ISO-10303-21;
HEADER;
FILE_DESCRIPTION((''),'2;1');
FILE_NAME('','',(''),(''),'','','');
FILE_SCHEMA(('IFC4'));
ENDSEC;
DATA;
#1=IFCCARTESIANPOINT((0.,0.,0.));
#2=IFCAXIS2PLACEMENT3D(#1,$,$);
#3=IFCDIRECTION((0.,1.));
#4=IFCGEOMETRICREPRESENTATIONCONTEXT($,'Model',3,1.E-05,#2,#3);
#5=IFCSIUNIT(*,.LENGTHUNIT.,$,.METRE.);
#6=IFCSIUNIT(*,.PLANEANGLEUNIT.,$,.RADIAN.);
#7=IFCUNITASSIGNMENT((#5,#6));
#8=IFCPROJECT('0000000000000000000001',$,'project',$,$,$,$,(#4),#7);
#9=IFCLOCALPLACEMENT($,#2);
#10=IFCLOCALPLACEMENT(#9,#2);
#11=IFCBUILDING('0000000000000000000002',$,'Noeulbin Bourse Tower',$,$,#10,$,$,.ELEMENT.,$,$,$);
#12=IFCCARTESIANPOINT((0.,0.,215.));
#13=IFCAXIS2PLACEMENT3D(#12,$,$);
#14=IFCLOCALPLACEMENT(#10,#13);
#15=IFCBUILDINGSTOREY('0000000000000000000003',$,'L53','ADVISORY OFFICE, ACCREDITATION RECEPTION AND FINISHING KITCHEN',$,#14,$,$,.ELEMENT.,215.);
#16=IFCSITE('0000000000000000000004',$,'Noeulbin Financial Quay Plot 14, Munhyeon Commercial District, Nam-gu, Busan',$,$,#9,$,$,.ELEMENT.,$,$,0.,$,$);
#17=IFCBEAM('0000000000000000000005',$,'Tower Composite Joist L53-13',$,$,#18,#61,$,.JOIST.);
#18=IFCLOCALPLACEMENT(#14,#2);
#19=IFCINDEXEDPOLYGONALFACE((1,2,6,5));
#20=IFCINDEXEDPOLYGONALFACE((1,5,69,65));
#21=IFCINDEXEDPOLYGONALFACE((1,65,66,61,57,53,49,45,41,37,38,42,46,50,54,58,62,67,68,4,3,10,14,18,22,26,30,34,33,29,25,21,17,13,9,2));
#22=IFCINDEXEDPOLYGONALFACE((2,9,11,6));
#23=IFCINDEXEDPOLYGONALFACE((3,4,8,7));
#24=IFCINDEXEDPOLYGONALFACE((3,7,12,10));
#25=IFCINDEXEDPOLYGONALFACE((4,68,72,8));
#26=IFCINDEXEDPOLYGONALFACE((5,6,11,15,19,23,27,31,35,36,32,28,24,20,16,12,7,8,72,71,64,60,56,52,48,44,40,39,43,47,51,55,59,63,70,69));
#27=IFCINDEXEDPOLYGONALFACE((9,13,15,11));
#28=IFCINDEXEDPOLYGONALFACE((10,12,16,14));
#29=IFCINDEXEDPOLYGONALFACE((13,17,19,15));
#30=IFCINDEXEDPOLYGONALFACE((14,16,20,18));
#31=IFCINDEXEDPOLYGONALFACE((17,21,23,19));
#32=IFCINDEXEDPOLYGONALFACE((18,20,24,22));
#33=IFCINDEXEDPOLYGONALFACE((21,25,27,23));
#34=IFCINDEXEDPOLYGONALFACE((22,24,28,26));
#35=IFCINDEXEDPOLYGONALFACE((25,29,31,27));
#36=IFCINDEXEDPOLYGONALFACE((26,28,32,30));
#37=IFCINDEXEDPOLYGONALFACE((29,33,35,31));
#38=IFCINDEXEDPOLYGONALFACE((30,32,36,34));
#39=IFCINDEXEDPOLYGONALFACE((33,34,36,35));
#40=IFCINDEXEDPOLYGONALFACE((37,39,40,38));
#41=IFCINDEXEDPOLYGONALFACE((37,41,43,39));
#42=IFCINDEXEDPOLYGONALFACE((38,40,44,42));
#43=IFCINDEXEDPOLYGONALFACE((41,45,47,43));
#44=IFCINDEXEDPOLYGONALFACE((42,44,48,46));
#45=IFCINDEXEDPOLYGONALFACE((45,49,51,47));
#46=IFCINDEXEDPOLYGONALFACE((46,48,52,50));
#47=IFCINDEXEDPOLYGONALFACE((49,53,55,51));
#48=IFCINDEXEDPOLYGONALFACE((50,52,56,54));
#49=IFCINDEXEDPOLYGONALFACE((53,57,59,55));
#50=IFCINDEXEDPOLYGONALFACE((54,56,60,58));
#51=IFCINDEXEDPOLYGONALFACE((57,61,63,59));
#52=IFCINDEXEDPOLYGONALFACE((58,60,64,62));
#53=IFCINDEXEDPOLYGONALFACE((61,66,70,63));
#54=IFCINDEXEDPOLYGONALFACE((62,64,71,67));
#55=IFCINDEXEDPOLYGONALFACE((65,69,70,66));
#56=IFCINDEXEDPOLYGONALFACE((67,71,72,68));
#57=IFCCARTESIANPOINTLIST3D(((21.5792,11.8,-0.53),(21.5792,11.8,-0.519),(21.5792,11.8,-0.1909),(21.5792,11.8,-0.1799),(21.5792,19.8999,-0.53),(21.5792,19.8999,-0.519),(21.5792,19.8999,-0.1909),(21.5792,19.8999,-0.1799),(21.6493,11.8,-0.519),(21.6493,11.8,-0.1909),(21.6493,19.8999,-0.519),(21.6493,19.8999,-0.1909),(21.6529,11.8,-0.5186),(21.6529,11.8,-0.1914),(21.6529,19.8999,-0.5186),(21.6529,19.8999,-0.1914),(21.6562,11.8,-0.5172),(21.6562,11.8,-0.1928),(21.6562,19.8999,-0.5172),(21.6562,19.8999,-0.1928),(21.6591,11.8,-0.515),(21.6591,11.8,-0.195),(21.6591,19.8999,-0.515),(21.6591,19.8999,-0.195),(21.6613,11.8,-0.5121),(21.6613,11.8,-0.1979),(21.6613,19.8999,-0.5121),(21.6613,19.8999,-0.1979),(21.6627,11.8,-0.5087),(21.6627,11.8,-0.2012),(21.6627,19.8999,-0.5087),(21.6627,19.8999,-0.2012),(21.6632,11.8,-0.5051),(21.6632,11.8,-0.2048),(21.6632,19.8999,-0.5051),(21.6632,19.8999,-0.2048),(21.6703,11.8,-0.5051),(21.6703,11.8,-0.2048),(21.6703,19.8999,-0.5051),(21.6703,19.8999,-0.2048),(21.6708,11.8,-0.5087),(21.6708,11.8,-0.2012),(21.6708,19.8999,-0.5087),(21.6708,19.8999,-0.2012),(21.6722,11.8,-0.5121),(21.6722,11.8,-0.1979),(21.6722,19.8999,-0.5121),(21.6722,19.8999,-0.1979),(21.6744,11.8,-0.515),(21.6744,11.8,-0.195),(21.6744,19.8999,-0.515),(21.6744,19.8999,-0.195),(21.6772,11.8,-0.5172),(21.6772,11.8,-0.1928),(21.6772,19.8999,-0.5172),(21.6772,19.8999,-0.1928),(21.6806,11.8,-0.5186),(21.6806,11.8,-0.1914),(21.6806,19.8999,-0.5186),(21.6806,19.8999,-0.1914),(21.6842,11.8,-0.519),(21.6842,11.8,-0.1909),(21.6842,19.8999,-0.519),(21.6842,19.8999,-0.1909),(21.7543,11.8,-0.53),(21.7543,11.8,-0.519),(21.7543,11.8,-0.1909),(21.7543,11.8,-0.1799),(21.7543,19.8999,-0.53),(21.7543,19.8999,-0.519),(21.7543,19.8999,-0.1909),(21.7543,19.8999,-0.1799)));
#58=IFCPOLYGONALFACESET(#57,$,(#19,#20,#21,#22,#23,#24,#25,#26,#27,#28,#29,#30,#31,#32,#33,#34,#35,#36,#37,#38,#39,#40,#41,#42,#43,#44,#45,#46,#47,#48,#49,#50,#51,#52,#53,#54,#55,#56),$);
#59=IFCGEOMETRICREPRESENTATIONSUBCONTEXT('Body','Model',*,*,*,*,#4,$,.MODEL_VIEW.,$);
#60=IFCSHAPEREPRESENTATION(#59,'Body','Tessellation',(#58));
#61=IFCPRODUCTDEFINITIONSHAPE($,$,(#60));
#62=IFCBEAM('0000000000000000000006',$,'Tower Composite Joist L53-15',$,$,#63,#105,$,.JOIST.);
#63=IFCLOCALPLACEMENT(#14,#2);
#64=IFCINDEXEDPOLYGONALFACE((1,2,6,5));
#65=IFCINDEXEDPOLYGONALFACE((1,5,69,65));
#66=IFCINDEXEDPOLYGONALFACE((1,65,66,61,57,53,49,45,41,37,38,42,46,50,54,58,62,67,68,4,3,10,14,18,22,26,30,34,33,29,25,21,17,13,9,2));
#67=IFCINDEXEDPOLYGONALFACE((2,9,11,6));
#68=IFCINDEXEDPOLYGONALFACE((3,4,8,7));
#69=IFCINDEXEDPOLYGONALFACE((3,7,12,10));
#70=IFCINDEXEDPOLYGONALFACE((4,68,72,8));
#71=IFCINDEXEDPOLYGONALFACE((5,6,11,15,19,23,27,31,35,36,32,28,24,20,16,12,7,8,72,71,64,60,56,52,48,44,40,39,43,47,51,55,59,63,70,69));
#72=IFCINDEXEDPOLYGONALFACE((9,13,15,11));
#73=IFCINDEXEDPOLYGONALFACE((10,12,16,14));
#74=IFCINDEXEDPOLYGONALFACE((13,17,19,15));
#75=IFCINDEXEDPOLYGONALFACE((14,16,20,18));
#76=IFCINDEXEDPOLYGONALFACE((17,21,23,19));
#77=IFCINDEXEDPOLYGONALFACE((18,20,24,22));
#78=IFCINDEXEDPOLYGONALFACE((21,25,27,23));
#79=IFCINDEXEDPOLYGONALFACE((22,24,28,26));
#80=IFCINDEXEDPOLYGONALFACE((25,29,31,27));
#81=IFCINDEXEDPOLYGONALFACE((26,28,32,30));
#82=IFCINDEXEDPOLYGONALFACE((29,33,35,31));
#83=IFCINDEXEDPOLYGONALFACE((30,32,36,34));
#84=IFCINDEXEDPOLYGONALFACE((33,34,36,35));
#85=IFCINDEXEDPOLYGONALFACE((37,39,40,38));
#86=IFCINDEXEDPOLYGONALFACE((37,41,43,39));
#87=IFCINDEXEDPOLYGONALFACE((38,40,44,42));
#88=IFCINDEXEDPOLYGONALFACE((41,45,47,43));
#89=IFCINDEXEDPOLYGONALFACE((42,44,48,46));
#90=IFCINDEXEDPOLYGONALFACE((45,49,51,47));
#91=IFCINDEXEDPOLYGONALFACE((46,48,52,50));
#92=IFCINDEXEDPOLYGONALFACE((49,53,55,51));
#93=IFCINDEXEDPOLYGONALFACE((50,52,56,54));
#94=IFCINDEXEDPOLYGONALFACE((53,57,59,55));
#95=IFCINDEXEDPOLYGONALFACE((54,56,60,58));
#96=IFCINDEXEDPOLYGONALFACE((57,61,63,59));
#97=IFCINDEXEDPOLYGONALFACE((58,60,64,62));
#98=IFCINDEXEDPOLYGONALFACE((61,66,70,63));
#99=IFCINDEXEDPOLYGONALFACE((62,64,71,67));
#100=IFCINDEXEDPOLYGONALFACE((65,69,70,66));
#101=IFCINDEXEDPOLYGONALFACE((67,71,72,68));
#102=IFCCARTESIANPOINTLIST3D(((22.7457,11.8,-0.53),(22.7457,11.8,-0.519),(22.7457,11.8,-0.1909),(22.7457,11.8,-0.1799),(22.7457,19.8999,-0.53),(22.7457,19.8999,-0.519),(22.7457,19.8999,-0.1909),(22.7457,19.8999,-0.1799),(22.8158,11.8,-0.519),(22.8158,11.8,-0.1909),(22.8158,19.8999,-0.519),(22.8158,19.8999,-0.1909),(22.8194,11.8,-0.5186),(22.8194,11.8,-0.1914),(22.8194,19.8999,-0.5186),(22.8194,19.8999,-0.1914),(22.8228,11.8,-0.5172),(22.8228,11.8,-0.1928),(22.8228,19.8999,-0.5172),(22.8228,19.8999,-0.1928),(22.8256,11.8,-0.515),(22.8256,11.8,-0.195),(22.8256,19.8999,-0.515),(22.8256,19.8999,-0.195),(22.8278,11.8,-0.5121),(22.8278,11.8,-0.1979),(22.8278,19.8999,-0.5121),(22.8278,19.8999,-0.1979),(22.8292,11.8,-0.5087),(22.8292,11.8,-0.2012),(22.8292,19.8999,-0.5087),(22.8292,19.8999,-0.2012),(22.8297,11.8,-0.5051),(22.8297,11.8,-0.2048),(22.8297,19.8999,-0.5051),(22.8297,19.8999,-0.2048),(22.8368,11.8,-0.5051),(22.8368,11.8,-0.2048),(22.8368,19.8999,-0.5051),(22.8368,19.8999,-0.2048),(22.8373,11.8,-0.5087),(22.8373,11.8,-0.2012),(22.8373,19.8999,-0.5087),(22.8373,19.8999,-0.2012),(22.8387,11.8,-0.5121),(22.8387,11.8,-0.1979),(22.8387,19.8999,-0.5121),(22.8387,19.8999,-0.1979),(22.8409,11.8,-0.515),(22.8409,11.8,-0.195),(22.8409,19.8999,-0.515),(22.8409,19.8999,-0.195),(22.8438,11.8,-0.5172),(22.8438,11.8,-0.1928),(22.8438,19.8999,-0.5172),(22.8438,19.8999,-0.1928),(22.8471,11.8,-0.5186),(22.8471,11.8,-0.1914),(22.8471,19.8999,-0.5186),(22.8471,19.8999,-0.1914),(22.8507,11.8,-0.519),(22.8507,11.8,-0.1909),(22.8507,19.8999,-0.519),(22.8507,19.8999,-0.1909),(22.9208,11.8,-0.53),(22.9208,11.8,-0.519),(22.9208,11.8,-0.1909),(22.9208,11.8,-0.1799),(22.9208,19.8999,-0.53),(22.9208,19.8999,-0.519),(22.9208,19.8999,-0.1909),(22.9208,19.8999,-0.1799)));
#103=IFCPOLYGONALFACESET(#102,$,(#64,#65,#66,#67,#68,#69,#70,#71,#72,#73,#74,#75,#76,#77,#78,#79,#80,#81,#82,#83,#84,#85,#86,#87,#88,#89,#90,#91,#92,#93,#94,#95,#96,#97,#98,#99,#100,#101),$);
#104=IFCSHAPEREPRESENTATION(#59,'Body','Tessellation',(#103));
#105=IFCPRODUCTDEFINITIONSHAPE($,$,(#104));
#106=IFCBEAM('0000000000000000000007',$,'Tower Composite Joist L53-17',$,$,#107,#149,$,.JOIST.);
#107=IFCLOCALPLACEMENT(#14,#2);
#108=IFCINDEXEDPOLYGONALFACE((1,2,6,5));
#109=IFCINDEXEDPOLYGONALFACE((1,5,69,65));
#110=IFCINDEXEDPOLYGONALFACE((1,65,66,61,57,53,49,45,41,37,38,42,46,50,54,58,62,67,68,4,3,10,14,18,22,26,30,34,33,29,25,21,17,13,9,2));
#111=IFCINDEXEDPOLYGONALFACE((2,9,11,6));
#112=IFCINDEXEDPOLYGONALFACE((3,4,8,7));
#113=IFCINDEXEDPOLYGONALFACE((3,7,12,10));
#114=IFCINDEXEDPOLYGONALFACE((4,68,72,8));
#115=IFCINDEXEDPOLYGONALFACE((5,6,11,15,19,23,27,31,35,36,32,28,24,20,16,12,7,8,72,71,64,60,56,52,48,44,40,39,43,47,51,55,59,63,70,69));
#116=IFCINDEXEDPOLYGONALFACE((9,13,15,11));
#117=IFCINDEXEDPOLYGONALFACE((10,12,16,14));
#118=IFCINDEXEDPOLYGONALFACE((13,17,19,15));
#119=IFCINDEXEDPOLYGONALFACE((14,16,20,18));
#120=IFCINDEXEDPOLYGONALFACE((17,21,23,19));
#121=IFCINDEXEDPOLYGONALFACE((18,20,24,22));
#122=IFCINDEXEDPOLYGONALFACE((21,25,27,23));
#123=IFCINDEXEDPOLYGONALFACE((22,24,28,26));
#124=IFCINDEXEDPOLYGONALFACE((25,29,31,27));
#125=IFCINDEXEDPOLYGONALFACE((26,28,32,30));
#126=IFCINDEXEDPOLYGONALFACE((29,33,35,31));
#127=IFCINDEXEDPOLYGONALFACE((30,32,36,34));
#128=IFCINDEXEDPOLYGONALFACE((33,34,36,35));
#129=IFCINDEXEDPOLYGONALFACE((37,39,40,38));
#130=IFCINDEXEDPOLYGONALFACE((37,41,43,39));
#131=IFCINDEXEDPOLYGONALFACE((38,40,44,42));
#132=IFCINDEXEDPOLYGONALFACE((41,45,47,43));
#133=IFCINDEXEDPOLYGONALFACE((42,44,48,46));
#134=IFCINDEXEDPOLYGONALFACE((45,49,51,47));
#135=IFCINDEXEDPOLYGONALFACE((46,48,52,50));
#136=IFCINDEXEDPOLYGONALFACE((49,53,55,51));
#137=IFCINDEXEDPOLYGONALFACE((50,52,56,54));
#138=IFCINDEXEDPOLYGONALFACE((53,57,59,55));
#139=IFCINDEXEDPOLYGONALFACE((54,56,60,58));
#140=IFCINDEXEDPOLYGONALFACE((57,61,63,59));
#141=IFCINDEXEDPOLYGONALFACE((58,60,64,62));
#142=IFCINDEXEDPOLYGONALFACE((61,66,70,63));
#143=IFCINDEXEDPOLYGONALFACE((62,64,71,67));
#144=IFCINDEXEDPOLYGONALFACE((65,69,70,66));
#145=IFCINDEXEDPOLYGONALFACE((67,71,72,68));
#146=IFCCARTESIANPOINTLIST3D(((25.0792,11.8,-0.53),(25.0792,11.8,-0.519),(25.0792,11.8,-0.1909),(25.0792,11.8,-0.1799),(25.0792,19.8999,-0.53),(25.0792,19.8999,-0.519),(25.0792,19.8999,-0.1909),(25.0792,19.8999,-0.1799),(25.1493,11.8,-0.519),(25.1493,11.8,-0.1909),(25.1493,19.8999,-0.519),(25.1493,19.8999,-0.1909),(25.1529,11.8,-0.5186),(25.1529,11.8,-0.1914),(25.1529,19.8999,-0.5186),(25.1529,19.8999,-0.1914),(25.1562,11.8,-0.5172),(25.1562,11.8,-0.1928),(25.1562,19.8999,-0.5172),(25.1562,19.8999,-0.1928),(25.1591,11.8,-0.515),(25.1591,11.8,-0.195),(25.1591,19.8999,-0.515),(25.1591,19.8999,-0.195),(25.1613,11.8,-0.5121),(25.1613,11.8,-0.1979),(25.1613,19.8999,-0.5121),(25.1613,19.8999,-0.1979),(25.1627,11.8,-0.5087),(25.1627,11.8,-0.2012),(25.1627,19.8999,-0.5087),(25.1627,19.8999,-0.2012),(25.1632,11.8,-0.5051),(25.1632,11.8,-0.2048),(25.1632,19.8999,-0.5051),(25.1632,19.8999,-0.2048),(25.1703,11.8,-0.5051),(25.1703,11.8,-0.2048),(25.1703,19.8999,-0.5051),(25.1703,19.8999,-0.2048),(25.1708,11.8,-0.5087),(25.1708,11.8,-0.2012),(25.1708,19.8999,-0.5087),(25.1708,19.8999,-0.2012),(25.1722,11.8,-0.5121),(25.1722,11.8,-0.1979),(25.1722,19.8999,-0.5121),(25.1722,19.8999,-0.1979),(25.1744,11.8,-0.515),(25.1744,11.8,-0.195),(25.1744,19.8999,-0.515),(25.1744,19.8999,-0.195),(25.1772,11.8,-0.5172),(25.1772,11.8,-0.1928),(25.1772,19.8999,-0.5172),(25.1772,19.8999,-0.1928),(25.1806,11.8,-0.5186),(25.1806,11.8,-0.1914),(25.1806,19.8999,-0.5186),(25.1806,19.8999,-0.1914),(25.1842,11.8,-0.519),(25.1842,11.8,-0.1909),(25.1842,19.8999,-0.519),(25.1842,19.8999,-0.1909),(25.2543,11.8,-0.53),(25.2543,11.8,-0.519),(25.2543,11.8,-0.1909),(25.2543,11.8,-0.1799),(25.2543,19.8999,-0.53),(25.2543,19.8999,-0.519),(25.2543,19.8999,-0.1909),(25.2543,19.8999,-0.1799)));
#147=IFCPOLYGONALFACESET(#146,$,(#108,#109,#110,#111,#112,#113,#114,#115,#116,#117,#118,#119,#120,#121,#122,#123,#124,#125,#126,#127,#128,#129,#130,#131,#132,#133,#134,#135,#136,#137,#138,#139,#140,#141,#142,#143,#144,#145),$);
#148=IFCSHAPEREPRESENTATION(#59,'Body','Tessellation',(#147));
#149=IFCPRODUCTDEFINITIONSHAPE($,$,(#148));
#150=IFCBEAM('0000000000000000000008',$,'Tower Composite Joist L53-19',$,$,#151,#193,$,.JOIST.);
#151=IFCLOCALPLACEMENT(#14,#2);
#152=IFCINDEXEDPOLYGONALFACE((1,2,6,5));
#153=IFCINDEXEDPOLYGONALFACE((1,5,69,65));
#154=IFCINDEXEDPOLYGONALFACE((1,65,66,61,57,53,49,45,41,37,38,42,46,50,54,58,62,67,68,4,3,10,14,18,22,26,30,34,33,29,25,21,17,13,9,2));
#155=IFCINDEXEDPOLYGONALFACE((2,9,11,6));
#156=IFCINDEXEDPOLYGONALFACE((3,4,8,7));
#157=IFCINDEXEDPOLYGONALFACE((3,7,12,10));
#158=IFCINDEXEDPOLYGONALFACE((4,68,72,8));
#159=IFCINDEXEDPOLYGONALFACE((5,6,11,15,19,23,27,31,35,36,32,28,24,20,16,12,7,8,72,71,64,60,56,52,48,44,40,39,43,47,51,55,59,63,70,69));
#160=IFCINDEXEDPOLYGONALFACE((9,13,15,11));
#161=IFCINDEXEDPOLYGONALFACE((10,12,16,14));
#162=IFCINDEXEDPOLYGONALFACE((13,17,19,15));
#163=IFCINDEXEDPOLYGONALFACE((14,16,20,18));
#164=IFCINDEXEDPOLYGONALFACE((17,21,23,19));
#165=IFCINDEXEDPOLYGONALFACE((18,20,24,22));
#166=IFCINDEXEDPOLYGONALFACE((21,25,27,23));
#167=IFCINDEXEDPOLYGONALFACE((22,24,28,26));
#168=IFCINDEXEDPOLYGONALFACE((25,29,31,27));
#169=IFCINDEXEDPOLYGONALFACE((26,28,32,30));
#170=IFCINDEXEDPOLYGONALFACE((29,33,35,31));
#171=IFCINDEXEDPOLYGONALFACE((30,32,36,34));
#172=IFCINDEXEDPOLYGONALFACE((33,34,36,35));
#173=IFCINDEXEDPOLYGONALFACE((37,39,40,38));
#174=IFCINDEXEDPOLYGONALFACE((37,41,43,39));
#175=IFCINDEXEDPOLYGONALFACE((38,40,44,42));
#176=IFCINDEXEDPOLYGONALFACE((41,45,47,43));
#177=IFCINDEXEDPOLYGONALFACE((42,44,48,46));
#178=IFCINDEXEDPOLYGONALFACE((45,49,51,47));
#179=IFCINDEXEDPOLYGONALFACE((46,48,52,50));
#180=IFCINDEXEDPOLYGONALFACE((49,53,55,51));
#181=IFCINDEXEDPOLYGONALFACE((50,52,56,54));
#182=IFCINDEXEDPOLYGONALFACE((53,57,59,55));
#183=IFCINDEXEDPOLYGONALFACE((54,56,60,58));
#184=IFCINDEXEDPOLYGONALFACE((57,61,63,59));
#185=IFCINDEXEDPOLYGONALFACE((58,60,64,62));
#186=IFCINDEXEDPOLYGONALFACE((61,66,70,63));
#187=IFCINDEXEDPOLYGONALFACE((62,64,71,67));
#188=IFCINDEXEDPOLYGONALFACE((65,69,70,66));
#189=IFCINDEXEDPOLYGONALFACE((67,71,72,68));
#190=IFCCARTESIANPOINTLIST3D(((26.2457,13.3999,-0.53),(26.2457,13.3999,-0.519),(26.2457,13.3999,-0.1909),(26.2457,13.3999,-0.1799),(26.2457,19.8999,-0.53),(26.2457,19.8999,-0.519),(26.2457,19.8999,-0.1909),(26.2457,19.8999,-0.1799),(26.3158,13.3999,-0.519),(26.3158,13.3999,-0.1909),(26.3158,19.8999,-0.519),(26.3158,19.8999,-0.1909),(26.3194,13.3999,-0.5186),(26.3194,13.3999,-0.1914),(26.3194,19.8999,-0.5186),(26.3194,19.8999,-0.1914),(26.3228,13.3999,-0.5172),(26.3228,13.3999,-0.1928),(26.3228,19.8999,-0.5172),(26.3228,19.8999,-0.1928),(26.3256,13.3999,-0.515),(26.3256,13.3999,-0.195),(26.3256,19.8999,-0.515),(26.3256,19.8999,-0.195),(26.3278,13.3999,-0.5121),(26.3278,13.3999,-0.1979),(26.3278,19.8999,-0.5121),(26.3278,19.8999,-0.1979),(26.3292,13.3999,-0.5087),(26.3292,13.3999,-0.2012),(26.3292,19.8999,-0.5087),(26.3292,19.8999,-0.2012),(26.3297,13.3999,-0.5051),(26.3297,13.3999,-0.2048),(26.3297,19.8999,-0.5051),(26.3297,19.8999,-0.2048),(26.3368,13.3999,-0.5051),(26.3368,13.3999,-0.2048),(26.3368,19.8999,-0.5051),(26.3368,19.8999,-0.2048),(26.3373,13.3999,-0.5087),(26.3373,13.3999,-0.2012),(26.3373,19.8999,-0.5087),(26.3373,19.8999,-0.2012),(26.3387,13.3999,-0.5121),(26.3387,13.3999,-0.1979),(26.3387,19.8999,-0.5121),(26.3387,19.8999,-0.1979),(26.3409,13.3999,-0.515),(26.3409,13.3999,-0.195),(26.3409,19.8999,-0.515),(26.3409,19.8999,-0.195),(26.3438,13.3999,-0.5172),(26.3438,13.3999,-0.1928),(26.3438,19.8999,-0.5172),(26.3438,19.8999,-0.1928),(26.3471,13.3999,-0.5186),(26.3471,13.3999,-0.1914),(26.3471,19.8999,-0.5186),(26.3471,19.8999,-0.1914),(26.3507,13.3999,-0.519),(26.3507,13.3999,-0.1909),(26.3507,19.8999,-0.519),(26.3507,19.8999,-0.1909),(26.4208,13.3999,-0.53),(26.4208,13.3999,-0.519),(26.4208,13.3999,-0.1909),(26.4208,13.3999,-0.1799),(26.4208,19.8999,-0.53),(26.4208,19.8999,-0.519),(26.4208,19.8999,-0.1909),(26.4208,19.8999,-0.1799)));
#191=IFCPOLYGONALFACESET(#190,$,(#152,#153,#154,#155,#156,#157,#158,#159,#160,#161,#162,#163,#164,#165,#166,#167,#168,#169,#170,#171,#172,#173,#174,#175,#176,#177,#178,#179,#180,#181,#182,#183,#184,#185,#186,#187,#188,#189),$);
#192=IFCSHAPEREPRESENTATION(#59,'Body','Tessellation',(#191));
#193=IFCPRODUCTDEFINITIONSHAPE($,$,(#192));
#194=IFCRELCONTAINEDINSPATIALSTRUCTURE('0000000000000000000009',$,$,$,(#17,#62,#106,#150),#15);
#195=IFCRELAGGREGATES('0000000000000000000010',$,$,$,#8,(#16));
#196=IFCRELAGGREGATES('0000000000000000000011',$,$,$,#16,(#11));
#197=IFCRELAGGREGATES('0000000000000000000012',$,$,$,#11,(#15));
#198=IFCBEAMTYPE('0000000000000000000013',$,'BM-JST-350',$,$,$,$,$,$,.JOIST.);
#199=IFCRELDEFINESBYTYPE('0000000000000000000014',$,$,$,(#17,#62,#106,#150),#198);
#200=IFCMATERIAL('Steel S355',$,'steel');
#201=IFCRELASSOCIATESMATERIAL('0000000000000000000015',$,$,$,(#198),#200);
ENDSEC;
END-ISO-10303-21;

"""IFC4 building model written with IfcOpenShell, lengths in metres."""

from ifc_helpers import new_model, si_unit, direction, frame, origin, origin_2d, place, context, subcontext, project, spatial, i_section, extrude, material, material_profile, profile_set, type_object, element, save


model = new_model("IFC4")

# Units and contexts
model_context = context("Model", 3, precision=1e-05, world=origin(), true_north=direction((0.0, 1.0)))
body_context = subcontext(model_context, "Body", "Model", "MODEL_VIEW")
ifc_project = project(units=[si_unit("LENGTHUNIT", "METRE"), si_unit("PLANEANGLEUNIT", "RADIAN")], contexts=[model_context])

# Site, building, storey
site_placement = place(None, origin())
site = spatial("IfcSite", under=ifc_project, at=site_placement, Name="Noeulbin Financial Quay Plot 14, Munhyeon Commercial District, Nam-gu, Busan", CompositionType="ELEMENT", RefElevation=0.0)
building_placement = place(site_placement, origin())
building = spatial("IfcBuilding", under=site, at=building_placement, Name="Noeulbin Bourse Tower", CompositionType="ELEMENT")
storey_placement = place(building_placement, frame((0.0, 0.0, 215.0)))
storey = spatial("IfcBuildingStorey", under=building, at=storey_placement, Name="L53", Description="ADVISORY OFFICE, ACCREDITATION RECEPTION AND FINISHING KITCHEN", CompositionType="ELEMENT", Elevation=215.0)

# Shared definitions
ifc_material_1 = material(Name="Steel S355", Category="steel")

# Beams
ifc_material_profile_1 = material_profile(ifc_material_1, i_section(OverallWidth=0.175, OverallDepth=0.3501, WebThickness=0.0071, FlangeThickness=0.011, FilletRadius=0.0139, at=origin_2d()), Name="H-350x175x7x11", Category="LoadBearing")
ifc_profile_set_1 = profile_set([ifc_material_profile_1], Name="Steel S355")
beam_type_1 = type_object("IfcBeamType", Name="BM-JST-350", PredefinedType="JOIST", material=ifc_profile_set_1)
for number, where, z_axis, x_axis, name in (
    (1, (21.6667, 11.8, -0.355), (0.0, 1.0, 0.0), (-1.0, 0.0, 0.0), "Tower Composite Joist L53-13"),
    (2, (22.8333, 11.8, -0.355), (0.0, 1.0, 0.0), (-1.0, 0.0, 0.0), "Tower Composite Joist L53-15"),
    (3, (25.1667, 11.8, -0.355), (0.0, 1.0, 0.0), (-1.0, 0.0, 0.0), "Tower Composite Joist L53-17"),
):
    element("IfcBeam", number, at=place(storey_placement, frame(where, z_axis=z_axis, x_axis=x_axis)), inside=storey, type_object=beam_type_1, Name=name, PredefinedType="JOIST", context=body_context, shape_type="SweptSolid", body=[
        extrude(i_section(OverallWidth=0.175, OverallDepth=0.3501, WebThickness=0.0071, FlangeThickness=0.011, FilletRadius=0.0139, at=origin_2d()), origin(), (0.0, 0.0, 1.0), 8.0999),
    ])
for number, where, z_axis, x_axis, name in (
    (4, (26.3333, 13.3999, -0.355), (0.0, 1.0, 0.0), (-1.0, 0.0, 0.0), "Tower Composite Joist L53-19"),
):
    element("IfcBeam", number, at=place(storey_placement, frame(where, z_axis=z_axis, x_axis=x_axis)), inside=storey, type_object=beam_type_1, Name=name, PredefinedType="JOIST", context=body_context, shape_type="SweptSolid", body=[
        extrude(i_section(OverallWidth=0.175, OverallDepth=0.3501, WebThickness=0.0071, FlangeThickness=0.011, FilletRadius=0.0139, at=origin_2d()), origin(), (0.0, 0.0, 1.0), 6.5),
    ])

save(model, "model.ifc")
